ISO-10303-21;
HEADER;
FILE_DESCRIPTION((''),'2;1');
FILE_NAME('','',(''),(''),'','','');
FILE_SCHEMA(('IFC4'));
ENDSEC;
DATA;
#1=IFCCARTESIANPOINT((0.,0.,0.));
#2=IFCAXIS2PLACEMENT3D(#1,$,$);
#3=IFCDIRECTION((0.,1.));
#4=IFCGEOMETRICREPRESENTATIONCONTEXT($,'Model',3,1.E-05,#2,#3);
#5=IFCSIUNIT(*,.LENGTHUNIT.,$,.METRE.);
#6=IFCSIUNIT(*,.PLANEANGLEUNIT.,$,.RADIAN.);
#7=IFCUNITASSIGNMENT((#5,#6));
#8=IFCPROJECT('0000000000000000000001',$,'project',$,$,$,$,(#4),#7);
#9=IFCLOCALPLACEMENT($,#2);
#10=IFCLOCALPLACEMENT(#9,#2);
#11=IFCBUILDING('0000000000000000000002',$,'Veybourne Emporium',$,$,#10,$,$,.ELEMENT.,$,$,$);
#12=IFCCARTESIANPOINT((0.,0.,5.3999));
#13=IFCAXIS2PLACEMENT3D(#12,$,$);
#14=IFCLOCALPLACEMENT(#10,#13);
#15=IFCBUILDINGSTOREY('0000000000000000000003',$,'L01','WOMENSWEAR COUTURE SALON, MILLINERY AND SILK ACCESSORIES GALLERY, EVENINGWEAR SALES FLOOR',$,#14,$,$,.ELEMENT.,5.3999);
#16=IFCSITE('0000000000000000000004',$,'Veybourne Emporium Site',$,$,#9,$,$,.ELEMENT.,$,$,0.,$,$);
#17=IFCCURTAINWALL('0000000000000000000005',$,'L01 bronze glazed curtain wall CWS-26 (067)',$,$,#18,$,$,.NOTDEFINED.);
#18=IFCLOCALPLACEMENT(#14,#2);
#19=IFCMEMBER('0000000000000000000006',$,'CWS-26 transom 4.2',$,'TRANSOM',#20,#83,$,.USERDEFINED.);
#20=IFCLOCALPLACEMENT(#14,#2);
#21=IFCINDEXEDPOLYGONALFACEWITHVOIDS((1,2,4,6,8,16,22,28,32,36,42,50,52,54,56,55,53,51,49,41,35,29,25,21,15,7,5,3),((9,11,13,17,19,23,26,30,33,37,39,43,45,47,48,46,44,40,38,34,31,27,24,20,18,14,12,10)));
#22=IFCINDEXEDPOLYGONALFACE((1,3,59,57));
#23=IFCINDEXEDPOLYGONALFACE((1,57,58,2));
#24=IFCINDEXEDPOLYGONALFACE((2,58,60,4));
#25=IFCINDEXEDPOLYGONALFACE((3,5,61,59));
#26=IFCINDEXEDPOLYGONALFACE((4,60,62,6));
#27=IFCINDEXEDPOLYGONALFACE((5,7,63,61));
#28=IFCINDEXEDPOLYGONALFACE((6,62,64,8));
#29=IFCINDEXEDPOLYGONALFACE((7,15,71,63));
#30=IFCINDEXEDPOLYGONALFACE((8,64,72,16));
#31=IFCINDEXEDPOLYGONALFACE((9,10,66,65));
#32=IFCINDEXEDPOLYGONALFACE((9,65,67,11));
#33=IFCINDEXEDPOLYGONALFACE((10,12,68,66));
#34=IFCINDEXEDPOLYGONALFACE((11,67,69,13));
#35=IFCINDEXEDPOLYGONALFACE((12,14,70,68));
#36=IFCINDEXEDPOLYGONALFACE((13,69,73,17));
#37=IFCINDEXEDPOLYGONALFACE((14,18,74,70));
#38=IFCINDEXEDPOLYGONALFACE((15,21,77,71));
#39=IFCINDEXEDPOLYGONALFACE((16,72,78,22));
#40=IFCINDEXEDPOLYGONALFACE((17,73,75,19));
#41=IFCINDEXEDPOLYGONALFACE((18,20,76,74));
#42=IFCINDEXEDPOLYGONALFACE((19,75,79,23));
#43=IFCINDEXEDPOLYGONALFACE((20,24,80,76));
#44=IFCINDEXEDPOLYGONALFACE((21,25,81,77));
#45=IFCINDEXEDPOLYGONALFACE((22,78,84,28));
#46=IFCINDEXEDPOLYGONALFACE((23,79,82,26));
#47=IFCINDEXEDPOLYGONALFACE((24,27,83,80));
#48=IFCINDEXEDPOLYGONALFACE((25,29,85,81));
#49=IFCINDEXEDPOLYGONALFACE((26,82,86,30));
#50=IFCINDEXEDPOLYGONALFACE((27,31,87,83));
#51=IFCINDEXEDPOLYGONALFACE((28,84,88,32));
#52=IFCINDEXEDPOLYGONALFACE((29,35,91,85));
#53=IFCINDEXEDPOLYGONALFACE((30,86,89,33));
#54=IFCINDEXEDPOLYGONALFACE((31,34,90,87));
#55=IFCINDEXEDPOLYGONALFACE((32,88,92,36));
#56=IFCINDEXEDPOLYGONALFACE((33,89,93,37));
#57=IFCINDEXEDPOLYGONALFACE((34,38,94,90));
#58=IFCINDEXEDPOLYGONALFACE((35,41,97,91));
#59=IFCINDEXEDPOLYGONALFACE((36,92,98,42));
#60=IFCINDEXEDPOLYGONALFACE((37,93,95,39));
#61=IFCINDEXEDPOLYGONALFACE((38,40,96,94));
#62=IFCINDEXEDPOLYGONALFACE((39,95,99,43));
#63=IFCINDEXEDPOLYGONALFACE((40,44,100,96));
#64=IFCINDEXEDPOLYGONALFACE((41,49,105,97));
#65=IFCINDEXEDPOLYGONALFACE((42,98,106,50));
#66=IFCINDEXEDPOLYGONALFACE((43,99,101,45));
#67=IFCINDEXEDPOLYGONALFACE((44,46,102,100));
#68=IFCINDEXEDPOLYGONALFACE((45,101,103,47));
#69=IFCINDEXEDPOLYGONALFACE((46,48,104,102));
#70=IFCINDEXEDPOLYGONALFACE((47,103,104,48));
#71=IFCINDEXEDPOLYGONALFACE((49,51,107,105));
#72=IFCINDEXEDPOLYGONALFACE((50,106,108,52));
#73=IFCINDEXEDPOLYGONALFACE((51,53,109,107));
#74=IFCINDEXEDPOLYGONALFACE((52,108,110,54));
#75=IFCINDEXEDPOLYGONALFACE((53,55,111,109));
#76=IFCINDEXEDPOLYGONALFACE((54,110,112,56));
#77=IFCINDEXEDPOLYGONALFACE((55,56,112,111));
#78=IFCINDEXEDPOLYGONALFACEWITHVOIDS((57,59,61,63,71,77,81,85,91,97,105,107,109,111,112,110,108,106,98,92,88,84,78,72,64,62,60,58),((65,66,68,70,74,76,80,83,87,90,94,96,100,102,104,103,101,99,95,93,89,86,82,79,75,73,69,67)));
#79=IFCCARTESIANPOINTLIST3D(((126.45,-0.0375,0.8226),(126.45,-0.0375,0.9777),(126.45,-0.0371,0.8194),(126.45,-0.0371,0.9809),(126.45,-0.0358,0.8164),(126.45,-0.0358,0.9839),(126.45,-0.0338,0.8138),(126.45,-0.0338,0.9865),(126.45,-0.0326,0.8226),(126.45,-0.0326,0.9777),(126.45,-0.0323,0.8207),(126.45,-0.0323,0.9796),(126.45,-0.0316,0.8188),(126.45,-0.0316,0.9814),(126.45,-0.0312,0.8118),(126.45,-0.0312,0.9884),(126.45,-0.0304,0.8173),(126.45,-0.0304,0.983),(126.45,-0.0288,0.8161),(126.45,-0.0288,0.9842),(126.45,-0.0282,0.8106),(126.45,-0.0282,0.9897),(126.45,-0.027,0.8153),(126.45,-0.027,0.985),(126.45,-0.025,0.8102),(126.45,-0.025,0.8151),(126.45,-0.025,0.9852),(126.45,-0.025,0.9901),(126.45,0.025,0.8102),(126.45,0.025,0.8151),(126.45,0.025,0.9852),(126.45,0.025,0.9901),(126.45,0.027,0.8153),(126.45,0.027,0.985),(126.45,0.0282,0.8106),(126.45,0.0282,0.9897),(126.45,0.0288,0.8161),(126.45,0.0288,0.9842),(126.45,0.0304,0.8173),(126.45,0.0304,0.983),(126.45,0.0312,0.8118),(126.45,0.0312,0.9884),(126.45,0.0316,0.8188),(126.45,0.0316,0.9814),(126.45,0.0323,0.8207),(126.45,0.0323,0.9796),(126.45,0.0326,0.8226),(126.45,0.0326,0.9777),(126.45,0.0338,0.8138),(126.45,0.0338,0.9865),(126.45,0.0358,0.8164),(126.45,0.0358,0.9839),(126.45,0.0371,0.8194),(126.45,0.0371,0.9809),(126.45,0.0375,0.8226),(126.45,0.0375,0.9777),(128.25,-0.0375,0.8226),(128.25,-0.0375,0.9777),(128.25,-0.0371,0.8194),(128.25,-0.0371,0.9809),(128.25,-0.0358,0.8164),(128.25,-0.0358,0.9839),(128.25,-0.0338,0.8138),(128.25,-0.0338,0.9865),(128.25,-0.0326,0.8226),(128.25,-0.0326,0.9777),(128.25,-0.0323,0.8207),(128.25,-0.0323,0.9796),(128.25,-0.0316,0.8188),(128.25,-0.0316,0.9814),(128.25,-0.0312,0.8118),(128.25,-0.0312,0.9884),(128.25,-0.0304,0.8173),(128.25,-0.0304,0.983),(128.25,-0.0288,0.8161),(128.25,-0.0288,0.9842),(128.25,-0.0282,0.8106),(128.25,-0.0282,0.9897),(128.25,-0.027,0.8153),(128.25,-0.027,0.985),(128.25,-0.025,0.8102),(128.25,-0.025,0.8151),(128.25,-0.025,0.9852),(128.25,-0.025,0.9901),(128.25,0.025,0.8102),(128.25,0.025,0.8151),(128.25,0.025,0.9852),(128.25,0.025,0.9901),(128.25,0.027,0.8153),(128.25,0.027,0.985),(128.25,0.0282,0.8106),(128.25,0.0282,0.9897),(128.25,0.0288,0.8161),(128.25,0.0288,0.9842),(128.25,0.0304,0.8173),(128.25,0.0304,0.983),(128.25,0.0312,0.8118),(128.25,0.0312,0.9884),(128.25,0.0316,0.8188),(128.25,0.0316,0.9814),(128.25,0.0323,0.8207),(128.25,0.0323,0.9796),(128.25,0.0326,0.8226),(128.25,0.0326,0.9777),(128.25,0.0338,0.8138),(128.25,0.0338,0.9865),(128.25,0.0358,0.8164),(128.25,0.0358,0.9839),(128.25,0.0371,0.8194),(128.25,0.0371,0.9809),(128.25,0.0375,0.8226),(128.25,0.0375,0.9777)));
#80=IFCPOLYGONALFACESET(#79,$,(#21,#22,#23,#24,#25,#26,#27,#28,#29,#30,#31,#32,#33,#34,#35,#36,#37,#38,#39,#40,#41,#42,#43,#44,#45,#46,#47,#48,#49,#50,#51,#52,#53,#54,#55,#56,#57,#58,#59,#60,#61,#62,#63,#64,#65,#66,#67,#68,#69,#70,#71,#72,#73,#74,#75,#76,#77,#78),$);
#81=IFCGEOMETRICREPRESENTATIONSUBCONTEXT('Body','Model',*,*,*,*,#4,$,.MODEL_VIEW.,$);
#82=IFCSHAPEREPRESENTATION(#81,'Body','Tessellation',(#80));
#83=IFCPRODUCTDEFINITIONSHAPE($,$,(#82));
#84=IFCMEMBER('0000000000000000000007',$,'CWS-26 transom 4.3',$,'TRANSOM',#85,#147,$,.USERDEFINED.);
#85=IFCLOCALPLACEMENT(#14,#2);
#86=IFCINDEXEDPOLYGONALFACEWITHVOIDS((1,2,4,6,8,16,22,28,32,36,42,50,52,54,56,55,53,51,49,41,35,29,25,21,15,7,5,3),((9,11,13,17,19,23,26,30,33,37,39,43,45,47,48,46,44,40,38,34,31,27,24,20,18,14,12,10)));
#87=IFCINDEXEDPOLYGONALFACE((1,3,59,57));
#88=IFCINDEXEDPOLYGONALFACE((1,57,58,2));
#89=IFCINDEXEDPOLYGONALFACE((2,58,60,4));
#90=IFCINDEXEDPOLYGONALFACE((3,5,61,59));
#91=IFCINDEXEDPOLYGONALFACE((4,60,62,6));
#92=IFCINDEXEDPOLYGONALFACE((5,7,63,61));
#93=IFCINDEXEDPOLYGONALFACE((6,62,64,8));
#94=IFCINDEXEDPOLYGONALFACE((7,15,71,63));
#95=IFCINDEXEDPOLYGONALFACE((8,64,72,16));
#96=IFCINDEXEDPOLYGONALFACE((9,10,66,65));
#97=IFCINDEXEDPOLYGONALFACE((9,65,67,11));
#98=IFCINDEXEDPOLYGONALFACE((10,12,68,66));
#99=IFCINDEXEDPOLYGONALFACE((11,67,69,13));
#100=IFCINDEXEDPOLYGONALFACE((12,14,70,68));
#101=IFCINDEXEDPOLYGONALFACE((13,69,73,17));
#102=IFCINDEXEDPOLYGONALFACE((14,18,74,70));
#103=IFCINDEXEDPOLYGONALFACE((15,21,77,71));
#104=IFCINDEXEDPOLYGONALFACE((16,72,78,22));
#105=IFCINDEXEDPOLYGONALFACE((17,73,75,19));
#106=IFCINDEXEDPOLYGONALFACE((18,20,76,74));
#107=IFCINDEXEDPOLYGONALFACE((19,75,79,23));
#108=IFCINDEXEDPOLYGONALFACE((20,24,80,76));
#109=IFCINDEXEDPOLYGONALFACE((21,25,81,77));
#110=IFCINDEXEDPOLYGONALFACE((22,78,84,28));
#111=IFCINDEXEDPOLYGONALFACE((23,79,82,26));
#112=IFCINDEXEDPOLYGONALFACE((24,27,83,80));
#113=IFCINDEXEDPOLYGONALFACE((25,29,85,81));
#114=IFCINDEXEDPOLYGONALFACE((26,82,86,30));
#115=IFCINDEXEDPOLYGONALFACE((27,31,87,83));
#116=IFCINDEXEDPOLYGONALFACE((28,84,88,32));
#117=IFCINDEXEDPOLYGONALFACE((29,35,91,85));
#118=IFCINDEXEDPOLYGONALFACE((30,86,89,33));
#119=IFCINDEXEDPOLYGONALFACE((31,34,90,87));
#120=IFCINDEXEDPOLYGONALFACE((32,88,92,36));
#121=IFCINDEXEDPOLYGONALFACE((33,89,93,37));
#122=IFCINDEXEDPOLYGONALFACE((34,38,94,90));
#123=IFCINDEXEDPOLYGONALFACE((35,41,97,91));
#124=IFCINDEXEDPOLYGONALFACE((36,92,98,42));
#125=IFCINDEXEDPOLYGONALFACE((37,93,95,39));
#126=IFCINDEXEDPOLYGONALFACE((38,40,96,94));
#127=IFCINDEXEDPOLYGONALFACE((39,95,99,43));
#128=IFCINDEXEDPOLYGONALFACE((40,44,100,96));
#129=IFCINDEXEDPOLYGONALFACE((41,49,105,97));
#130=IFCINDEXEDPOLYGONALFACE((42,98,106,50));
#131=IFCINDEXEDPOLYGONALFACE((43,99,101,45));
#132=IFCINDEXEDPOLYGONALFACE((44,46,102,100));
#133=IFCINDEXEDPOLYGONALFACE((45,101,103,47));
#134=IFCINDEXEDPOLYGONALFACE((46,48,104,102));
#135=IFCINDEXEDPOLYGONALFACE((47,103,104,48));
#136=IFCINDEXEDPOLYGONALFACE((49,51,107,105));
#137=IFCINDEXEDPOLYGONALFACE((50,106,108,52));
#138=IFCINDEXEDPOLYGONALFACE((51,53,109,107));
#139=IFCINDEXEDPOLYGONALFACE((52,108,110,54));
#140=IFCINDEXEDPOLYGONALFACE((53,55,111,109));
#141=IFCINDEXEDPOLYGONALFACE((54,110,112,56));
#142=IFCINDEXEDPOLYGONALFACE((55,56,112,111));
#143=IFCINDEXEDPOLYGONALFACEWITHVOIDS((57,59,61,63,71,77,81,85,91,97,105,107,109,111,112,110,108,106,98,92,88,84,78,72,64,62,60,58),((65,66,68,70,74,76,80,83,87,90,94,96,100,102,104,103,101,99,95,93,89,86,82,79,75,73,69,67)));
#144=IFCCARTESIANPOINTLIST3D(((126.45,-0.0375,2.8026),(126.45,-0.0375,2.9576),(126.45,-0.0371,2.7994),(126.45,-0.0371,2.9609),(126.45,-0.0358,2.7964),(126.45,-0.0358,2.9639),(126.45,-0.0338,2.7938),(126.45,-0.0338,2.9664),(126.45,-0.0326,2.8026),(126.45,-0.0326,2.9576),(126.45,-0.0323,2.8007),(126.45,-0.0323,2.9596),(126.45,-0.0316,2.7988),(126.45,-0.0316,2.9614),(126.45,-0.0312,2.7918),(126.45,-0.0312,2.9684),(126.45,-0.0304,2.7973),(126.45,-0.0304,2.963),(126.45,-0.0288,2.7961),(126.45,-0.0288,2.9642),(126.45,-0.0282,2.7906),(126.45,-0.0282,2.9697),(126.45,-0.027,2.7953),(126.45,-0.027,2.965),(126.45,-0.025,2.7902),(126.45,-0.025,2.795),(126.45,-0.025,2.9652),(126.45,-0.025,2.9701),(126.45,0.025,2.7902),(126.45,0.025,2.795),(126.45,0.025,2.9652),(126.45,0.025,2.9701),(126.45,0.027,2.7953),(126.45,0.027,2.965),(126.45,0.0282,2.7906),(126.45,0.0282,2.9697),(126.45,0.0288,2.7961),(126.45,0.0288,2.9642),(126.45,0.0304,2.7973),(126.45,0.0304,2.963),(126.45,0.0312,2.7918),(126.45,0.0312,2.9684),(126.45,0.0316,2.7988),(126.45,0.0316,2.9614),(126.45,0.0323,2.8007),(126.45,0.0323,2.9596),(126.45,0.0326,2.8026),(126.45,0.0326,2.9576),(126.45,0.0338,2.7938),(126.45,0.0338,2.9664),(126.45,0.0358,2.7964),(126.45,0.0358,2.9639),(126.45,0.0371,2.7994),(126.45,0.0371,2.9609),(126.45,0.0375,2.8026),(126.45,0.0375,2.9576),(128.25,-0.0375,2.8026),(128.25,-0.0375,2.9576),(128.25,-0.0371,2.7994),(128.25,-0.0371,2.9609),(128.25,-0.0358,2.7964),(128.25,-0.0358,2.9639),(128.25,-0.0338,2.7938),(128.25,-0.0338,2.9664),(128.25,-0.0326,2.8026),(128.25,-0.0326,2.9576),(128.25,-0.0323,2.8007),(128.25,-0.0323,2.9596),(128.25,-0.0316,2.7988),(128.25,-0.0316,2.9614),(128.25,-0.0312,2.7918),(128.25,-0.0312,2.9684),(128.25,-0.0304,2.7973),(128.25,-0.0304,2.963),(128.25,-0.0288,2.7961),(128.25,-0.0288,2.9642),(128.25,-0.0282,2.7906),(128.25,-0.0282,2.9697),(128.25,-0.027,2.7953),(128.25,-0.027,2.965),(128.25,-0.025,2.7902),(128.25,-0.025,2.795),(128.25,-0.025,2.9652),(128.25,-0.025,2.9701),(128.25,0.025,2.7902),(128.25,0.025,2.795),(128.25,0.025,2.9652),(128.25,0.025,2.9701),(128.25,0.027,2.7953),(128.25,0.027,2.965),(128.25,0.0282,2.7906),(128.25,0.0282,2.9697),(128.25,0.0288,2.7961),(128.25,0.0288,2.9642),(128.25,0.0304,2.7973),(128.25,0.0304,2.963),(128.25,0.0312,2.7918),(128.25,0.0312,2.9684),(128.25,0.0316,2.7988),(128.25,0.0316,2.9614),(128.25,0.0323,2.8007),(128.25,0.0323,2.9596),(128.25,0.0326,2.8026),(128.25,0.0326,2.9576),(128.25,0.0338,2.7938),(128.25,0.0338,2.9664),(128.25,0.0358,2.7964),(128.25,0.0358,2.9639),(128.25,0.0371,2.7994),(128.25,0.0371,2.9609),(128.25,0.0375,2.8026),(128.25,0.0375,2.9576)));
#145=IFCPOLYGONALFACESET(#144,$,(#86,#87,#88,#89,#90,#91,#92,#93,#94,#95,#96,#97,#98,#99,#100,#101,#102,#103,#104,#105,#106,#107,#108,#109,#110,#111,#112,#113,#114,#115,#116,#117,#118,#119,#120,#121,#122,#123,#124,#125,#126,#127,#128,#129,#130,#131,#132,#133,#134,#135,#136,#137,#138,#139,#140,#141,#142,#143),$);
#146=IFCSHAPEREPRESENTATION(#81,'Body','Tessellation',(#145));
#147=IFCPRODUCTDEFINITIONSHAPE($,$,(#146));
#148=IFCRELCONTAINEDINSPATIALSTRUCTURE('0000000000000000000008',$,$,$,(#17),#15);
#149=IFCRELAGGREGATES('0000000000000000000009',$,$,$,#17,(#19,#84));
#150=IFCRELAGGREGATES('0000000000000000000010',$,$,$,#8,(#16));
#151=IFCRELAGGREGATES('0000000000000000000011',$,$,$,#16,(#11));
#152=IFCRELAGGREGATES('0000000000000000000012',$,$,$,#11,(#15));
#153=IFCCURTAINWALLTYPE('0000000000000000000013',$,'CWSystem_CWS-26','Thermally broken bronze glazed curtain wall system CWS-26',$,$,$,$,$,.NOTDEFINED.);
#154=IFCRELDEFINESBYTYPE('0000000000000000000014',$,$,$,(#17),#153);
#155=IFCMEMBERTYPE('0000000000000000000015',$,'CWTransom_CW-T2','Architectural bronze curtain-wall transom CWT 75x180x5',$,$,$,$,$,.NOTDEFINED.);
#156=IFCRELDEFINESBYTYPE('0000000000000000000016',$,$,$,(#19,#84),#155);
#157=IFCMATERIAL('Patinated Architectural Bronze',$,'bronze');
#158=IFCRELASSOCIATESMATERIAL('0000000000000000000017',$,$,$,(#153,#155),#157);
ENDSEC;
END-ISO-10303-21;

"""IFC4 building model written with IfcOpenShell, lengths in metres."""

from ifc_helpers import new_model, si_unit, direction, frame, origin, origin_2d, place, context, subcontext, project, spatial, hollow_rectangle, extrude, material, material_profile, profile_set, type_object, element, aggregate, save


model = new_model("IFC4")

# Units and contexts
model_context = context("Model", 3, precision=1e-05, world=origin(), true_north=direction((0.0, 1.0)))
body_context = subcontext(model_context, "Body", "Model", "MODEL_VIEW")
ifc_project = project(units=[si_unit("LENGTHUNIT", "METRE"), si_unit("PLANEANGLEUNIT", "RADIAN")], contexts=[model_context])

# Site, building, storey
site_placement = place(None, origin())
site = spatial("IfcSite", under=ifc_project, at=site_placement, Name="Veybourne Emporium Site", CompositionType="ELEMENT", RefElevation=0.0)
building_placement = place(site_placement, origin())
building = spatial("IfcBuilding", under=site, at=building_placement, Name="Veybourne Emporium", CompositionType="ELEMENT")
storey_placement = place(building_placement, frame((0.0, 0.0, 5.3999)))
storey = spatial("IfcBuildingStorey", under=building, at=storey_placement, Name="L01", Description="WOMENSWEAR COUTURE SALON, MILLINERY AND SILK ACCESSORIES GALLERY, EVENINGWEAR SALES FLOOR", CompositionType="ELEMENT", Elevation=5.3999)

# Curtain wall, members
ifc_material_1 = material(Name="Patinated Architectural Bronze", Category="bronze")
curtain_wall_type = type_object("IfcCurtainWallType", Name="CWSystem_CWS-26", Description="Thermally broken bronze glazed curtain wall system CWS-26", PredefinedType="NOTDEFINED", material=ifc_material_1)
curtain_wall_placement = place(storey_placement, origin())
curtain_wall = element("IfcCurtainWall", 1, at=curtain_wall_placement, inside=storey, type_object=curtain_wall_type, Name="L01 bronze glazed curtain wall CWS-26 (067)", PredefinedType="NOTDEFINED")
ifc_material_profile_1 = material_profile(ifc_material_1, hollow_rectangle(XDim=0.075, YDim=0.1799, WallThickness=0.0049, InnerFilletRadius=0.0076, OuterFilletRadius=0.0125, at=origin_2d()), Name="CWT 75x180x5")
ifc_profile_set_1 = profile_set([ifc_material_profile_1], Name="Patinated Architectural Bronze")
member_type_1 = type_object("IfcMemberType", Name="CWTransom_CW-T2", Description="Architectural bronze curtain-wall transom CWT 75x180x5", PredefinedType="NOTDEFINED", material=ifc_profile_set_1)
member_1_placement = place(storey_placement, frame((128.25, 0.0, 0.9001), z_axis=(-1.0, 0.0, 0.0), x_axis=(0.0, -1.0, 0.0)))
member_1 = element("IfcMember", 2, at=member_1_placement, type_object=member_type_1, Name="CWS-26 transom 4.2", ObjectType="TRANSOM", PredefinedType="USERDEFINED", context=body_context, shape_type="SweptSolid", body=[
    extrude(hollow_rectangle(XDim=0.075, YDim=0.1799, WallThickness=0.0049, InnerFilletRadius=0.0076, OuterFilletRadius=0.0125, at=origin_2d()), origin(), (0.0, 0.0, 1.0), 1.8),
])
member_2_placement = place(storey_placement, frame((128.25, 0.0, 2.8801), z_axis=(-1.0, 0.0, 0.0), x_axis=(0.0, -1.0, 0.0)))
member_2 = element("IfcMember", 3, at=member_2_placement, type_object=member_type_1, Name="CWS-26 transom 4.3", ObjectType="TRANSOM", PredefinedType="USERDEFINED", context=body_context, shape_type="SweptSolid", body=[
    extrude(hollow_rectangle(XDim=0.075, YDim=0.1799, WallThickness=0.0049, InnerFilletRadius=0.0076, OuterFilletRadius=0.0125, at=origin_2d()), origin(), (0.0, 0.0, 1.0), 1.8),
])

aggregate(curtain_wall, [member_1, member_2])

save(model, "model.ifc")
